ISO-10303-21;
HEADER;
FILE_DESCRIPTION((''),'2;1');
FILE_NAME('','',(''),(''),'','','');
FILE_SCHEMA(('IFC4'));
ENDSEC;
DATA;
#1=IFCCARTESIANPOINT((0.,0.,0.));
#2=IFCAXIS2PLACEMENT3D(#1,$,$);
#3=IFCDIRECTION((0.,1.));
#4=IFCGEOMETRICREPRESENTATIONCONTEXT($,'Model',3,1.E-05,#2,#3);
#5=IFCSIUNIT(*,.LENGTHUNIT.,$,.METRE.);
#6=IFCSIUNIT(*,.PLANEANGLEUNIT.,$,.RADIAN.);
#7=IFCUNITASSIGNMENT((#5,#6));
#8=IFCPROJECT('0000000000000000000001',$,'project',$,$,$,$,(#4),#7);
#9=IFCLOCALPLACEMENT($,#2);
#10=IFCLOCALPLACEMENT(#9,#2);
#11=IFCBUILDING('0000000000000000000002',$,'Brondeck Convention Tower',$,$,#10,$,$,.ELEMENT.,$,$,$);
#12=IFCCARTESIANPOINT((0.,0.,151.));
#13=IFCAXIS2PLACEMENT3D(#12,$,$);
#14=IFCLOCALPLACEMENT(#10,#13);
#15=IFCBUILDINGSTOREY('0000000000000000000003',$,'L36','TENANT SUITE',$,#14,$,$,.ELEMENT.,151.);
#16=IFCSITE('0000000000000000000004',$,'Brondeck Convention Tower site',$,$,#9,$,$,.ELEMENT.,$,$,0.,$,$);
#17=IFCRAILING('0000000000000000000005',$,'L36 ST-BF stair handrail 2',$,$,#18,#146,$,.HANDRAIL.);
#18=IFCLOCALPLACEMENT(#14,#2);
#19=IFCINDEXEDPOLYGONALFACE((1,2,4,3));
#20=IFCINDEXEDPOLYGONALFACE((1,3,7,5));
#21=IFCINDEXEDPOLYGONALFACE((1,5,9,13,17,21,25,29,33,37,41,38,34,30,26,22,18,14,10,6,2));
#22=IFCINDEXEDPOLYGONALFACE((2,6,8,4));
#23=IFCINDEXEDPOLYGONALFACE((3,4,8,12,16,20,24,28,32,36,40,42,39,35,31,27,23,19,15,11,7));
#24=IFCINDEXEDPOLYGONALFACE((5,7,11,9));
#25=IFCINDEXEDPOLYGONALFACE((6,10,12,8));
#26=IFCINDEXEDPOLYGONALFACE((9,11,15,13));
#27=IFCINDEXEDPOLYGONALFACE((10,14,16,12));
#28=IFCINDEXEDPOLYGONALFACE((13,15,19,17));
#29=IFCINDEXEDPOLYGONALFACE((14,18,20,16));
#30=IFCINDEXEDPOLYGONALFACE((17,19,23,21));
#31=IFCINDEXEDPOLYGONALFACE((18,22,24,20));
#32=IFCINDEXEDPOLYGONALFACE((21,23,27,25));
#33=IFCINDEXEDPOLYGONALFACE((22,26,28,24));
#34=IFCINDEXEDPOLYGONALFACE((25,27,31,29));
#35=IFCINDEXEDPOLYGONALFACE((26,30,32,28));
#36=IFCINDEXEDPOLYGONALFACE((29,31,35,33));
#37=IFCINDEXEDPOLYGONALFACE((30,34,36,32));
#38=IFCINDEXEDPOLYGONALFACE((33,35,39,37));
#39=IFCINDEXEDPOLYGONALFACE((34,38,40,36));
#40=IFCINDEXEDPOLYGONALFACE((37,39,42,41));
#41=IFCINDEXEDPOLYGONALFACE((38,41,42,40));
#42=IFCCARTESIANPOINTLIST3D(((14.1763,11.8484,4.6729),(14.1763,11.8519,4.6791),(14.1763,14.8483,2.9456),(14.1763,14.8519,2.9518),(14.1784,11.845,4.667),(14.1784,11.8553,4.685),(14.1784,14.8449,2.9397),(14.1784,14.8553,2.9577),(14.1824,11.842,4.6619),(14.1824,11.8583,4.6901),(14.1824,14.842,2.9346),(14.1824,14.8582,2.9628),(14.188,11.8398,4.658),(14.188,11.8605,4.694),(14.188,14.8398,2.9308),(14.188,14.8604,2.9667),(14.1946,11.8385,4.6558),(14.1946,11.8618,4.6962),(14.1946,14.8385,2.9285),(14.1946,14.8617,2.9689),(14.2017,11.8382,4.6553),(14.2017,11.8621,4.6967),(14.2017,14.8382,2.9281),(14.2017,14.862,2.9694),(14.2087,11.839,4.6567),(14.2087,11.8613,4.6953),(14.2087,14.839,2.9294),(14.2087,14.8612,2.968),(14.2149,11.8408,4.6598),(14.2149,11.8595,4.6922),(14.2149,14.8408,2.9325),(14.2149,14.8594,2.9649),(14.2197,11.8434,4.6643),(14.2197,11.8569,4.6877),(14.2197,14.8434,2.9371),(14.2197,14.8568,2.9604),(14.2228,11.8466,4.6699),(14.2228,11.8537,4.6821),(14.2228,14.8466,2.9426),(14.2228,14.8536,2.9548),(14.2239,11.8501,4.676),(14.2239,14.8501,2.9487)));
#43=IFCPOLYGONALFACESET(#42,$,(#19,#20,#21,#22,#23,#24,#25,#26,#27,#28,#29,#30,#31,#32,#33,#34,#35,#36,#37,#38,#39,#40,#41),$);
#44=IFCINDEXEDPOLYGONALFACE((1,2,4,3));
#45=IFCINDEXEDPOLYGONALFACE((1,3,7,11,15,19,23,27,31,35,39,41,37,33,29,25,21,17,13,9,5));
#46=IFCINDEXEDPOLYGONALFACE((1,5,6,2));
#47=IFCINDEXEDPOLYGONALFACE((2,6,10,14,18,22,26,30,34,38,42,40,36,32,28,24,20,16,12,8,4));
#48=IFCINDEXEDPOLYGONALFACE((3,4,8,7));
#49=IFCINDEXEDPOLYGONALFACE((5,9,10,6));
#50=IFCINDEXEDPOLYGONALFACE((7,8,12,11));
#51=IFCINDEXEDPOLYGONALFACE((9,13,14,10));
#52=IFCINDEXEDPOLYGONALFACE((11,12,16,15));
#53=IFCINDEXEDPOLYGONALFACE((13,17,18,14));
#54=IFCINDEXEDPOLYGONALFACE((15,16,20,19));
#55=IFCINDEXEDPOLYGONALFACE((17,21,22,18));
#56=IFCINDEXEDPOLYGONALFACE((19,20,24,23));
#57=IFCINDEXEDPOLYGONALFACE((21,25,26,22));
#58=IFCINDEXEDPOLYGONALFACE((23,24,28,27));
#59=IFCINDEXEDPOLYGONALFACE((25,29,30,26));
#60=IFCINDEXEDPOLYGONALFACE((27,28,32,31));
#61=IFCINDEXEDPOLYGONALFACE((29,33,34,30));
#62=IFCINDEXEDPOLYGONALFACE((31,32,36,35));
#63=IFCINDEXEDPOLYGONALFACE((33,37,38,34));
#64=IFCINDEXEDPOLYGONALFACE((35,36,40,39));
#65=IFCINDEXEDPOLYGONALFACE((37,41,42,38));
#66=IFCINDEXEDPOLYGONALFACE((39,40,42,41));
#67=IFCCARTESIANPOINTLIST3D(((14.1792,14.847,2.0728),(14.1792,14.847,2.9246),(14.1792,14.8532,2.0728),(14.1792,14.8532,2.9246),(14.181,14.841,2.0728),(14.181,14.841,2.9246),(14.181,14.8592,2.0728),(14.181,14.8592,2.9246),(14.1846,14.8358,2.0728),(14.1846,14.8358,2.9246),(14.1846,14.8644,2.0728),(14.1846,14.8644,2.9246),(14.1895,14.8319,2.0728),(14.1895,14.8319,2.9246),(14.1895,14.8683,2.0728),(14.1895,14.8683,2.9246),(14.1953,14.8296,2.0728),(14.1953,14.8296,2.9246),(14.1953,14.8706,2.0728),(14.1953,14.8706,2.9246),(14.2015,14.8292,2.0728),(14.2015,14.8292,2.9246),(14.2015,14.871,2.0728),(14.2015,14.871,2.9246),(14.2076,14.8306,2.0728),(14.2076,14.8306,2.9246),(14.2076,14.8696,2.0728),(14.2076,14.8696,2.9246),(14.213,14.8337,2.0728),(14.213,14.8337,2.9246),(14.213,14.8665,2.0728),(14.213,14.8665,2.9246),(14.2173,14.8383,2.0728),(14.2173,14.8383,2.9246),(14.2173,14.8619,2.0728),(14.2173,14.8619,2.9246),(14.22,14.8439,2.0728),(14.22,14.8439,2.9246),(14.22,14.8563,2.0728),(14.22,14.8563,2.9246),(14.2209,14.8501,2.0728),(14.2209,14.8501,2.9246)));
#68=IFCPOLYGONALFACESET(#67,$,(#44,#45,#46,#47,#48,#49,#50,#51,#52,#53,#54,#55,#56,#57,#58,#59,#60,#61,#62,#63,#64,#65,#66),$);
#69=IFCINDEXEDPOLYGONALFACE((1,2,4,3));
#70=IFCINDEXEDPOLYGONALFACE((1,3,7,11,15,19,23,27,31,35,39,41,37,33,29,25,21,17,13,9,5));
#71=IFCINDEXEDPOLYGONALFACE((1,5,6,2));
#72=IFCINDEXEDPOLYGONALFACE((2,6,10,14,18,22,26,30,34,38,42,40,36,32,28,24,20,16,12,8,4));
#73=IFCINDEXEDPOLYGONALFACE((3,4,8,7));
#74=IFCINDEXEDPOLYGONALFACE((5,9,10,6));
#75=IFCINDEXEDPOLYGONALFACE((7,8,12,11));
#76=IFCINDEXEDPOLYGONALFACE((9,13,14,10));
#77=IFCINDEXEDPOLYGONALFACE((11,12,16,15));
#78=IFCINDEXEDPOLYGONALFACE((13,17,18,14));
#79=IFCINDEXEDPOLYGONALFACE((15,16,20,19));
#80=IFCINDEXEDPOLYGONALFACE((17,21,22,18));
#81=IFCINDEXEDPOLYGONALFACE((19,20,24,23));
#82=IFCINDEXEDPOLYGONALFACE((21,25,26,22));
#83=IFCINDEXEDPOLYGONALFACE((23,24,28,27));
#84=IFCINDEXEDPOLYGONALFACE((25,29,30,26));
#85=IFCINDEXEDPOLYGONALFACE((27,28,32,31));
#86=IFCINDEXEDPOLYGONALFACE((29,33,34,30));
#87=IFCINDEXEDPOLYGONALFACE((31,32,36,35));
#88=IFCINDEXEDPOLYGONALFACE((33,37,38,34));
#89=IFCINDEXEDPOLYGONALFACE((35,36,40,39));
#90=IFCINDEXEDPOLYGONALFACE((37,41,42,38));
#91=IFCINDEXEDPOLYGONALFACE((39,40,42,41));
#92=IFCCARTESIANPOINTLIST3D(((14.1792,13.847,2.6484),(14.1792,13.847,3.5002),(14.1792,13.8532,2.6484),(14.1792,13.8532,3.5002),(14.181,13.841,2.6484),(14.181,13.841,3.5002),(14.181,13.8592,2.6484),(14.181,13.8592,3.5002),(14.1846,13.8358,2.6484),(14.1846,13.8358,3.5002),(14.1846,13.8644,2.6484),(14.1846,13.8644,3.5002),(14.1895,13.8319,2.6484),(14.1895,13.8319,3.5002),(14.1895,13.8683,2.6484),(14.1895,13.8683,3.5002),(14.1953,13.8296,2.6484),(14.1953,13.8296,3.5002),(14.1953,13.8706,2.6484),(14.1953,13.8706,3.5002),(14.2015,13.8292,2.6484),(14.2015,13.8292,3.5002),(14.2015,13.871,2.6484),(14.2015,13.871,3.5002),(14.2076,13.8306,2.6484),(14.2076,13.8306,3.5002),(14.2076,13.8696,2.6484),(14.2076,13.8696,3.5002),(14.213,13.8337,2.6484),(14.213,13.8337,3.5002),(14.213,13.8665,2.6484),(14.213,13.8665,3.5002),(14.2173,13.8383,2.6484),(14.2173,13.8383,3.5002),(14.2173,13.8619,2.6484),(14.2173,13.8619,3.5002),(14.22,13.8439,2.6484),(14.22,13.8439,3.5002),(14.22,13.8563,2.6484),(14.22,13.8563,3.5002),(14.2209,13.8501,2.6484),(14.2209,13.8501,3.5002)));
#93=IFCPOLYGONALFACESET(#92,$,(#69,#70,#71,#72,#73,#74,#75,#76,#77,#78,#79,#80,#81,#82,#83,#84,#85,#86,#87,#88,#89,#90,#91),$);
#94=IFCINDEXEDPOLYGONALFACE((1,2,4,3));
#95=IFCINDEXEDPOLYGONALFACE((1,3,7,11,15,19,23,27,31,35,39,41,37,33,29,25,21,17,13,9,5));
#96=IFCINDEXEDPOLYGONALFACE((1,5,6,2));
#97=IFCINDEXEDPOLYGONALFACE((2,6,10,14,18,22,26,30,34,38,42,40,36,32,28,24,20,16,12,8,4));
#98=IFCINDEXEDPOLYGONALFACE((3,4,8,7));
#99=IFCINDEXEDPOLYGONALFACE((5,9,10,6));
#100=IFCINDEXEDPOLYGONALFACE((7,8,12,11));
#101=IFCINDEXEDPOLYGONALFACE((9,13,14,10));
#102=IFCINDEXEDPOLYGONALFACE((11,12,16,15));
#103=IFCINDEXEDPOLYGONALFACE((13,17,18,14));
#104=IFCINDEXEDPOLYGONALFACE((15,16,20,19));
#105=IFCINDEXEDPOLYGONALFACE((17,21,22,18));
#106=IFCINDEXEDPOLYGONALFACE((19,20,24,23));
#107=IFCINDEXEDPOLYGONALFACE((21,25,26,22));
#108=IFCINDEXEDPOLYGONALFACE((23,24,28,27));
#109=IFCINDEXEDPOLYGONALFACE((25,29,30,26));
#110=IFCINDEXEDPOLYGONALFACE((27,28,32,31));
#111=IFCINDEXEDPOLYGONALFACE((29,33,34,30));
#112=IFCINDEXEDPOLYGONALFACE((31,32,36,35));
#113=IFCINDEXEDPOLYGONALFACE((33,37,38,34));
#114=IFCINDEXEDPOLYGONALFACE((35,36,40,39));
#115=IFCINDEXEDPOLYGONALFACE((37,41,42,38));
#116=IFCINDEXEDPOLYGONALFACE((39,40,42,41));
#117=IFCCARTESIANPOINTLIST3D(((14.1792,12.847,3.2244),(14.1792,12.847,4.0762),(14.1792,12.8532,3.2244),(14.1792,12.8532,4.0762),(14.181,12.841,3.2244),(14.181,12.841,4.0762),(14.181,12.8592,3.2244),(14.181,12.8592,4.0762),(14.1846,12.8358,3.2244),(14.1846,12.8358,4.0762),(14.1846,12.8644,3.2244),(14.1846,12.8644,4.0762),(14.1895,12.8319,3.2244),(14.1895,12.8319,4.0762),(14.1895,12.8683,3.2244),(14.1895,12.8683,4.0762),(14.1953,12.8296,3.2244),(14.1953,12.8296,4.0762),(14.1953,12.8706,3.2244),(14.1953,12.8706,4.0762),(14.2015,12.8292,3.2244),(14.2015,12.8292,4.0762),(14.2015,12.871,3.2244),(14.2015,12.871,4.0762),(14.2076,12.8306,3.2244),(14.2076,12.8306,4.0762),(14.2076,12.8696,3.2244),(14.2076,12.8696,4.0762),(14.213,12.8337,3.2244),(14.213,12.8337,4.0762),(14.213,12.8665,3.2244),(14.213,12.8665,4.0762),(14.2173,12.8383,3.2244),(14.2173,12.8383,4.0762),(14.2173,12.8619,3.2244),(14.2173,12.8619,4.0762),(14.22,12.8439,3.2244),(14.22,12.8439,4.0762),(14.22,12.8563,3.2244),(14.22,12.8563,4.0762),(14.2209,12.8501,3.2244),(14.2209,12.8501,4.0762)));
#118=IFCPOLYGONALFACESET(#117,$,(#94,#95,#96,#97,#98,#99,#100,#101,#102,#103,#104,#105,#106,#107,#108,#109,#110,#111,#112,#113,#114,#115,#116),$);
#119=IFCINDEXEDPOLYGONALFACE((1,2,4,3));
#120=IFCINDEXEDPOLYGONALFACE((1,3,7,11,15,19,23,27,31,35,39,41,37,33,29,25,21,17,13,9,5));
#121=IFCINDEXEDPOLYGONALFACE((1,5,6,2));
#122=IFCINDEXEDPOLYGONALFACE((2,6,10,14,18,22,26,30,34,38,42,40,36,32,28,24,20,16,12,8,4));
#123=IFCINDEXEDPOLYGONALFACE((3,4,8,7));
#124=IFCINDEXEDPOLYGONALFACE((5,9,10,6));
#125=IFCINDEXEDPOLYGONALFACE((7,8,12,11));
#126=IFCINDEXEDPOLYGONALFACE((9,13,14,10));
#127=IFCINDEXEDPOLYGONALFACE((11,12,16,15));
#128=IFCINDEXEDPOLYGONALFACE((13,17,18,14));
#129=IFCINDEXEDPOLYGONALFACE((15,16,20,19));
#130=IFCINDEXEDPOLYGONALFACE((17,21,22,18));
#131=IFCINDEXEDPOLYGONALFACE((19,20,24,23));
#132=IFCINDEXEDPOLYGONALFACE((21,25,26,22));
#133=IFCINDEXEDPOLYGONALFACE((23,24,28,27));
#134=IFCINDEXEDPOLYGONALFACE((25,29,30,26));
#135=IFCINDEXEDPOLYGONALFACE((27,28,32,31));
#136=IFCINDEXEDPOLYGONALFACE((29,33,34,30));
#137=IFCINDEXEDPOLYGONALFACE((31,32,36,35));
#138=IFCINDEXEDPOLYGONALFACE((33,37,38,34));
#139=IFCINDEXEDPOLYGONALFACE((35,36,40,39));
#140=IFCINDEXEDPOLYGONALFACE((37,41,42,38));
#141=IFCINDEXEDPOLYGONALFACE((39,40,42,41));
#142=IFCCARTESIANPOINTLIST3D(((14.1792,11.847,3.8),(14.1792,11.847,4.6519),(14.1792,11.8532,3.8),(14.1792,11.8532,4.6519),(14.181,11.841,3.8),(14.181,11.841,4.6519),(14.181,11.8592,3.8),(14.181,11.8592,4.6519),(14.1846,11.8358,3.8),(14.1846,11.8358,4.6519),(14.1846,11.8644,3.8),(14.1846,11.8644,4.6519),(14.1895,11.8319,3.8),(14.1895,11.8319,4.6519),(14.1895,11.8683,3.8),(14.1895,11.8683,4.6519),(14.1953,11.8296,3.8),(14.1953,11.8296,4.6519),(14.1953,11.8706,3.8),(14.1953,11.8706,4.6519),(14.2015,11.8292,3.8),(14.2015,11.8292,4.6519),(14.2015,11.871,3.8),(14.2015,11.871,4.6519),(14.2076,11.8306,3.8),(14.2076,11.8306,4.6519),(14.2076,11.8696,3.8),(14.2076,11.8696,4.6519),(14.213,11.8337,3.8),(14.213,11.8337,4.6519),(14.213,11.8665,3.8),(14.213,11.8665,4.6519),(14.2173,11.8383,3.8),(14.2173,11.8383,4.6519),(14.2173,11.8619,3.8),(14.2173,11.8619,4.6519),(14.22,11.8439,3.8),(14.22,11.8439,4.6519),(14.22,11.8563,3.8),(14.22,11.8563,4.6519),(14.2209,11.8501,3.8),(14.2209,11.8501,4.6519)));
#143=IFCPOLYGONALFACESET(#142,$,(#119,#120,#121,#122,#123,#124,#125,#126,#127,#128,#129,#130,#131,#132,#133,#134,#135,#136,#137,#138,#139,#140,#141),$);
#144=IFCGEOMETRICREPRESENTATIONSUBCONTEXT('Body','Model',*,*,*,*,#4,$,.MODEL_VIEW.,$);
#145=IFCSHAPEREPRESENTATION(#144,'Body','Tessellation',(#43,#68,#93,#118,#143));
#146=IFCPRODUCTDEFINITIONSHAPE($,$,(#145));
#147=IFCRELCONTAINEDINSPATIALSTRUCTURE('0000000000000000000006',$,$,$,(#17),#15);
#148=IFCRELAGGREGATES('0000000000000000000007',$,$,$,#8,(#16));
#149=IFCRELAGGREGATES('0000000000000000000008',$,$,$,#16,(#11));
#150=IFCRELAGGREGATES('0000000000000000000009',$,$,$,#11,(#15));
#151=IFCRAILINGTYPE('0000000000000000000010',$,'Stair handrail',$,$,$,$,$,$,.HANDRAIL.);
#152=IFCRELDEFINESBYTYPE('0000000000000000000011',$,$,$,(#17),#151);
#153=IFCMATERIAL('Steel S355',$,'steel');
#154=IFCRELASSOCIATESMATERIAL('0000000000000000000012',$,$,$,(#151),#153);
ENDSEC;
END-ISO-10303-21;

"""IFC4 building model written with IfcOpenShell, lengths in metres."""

from ifc_helpers import new_model, si_unit, direction, frame, origin, origin_2d, place, context, subcontext, project, spatial, circle, extrude, material, type_object, element, save


model = new_model("IFC4")

# Units and contexts
model_context = context("Model", 3, precision=1e-05, world=origin(), true_north=direction((0.0, 1.0)))
body_context = subcontext(model_context, "Body", "Model", "MODEL_VIEW")
ifc_project = project(units=[si_unit("LENGTHUNIT", "METRE"), si_unit("PLANEANGLEUNIT", "RADIAN")], contexts=[model_context])

# Site, building, storey
site_placement = place(None, origin())
site = spatial("IfcSite", under=ifc_project, at=site_placement, Name="Brondeck Convention Tower site", CompositionType="ELEMENT", RefElevation=0.0)
building_placement = place(site_placement, origin())
building = spatial("IfcBuilding", under=site, at=building_placement, Name="Brondeck Convention Tower", CompositionType="ELEMENT")
storey_placement = place(building_placement, frame((0.0, 0.0, 151.0)))
storey = spatial("IfcBuildingStorey", under=building, at=storey_placement, Name="L36", Description="TENANT SUITE", CompositionType="ELEMENT", Elevation=151.0)

# Shared definitions
ifc_material_1 = material(Name="Steel S355", Category="steel")

# Railing
railing_type_1 = type_object("IfcRailingType", Name="Stair handrail", PredefinedType="HANDRAIL", material=ifc_material_1)
railing_1_placement = place(storey_placement, frame((14.2, 14.8501, 2.0728)))
element("IfcRailing", 1, at=railing_1_placement, inside=storey, type_object=railing_type_1, Name="L36 ST-BF stair handrail 2", PredefinedType="HANDRAIL", context=body_context, shape_type="SweptSolid", body=[
    extrude(circle(Radius=0.0239, at=origin_2d()), frame((0.0, 0.0, 0.876), z_axis=(0.0, -0.86662, 0.498969), x_axis=(1.0, 0.0, 0.0)), (0.0, 0.0, 1.0), 3.4617),
    extrude(circle(Radius=0.021, at=origin_2d()), origin(), (0.0, 0.0, 1.0), 0.8518),
    extrude(circle(Radius=0.021, at=origin_2d()), frame((0.0, -1.0, 0.5757)), (0.0, 0.0, 1.0), 0.8518),
    extrude(circle(Radius=0.021, at=origin_2d()), frame((0.0, -2.0, 1.1516)), (0.0, 0.0, 1.0), 0.8518),
    extrude(circle(Radius=0.021, at=origin_2d()), frame((0.0, -3.0, 1.7273)), (0.0, 0.0, 1.0), 0.8518),
])

save(model, "model.ifc")
